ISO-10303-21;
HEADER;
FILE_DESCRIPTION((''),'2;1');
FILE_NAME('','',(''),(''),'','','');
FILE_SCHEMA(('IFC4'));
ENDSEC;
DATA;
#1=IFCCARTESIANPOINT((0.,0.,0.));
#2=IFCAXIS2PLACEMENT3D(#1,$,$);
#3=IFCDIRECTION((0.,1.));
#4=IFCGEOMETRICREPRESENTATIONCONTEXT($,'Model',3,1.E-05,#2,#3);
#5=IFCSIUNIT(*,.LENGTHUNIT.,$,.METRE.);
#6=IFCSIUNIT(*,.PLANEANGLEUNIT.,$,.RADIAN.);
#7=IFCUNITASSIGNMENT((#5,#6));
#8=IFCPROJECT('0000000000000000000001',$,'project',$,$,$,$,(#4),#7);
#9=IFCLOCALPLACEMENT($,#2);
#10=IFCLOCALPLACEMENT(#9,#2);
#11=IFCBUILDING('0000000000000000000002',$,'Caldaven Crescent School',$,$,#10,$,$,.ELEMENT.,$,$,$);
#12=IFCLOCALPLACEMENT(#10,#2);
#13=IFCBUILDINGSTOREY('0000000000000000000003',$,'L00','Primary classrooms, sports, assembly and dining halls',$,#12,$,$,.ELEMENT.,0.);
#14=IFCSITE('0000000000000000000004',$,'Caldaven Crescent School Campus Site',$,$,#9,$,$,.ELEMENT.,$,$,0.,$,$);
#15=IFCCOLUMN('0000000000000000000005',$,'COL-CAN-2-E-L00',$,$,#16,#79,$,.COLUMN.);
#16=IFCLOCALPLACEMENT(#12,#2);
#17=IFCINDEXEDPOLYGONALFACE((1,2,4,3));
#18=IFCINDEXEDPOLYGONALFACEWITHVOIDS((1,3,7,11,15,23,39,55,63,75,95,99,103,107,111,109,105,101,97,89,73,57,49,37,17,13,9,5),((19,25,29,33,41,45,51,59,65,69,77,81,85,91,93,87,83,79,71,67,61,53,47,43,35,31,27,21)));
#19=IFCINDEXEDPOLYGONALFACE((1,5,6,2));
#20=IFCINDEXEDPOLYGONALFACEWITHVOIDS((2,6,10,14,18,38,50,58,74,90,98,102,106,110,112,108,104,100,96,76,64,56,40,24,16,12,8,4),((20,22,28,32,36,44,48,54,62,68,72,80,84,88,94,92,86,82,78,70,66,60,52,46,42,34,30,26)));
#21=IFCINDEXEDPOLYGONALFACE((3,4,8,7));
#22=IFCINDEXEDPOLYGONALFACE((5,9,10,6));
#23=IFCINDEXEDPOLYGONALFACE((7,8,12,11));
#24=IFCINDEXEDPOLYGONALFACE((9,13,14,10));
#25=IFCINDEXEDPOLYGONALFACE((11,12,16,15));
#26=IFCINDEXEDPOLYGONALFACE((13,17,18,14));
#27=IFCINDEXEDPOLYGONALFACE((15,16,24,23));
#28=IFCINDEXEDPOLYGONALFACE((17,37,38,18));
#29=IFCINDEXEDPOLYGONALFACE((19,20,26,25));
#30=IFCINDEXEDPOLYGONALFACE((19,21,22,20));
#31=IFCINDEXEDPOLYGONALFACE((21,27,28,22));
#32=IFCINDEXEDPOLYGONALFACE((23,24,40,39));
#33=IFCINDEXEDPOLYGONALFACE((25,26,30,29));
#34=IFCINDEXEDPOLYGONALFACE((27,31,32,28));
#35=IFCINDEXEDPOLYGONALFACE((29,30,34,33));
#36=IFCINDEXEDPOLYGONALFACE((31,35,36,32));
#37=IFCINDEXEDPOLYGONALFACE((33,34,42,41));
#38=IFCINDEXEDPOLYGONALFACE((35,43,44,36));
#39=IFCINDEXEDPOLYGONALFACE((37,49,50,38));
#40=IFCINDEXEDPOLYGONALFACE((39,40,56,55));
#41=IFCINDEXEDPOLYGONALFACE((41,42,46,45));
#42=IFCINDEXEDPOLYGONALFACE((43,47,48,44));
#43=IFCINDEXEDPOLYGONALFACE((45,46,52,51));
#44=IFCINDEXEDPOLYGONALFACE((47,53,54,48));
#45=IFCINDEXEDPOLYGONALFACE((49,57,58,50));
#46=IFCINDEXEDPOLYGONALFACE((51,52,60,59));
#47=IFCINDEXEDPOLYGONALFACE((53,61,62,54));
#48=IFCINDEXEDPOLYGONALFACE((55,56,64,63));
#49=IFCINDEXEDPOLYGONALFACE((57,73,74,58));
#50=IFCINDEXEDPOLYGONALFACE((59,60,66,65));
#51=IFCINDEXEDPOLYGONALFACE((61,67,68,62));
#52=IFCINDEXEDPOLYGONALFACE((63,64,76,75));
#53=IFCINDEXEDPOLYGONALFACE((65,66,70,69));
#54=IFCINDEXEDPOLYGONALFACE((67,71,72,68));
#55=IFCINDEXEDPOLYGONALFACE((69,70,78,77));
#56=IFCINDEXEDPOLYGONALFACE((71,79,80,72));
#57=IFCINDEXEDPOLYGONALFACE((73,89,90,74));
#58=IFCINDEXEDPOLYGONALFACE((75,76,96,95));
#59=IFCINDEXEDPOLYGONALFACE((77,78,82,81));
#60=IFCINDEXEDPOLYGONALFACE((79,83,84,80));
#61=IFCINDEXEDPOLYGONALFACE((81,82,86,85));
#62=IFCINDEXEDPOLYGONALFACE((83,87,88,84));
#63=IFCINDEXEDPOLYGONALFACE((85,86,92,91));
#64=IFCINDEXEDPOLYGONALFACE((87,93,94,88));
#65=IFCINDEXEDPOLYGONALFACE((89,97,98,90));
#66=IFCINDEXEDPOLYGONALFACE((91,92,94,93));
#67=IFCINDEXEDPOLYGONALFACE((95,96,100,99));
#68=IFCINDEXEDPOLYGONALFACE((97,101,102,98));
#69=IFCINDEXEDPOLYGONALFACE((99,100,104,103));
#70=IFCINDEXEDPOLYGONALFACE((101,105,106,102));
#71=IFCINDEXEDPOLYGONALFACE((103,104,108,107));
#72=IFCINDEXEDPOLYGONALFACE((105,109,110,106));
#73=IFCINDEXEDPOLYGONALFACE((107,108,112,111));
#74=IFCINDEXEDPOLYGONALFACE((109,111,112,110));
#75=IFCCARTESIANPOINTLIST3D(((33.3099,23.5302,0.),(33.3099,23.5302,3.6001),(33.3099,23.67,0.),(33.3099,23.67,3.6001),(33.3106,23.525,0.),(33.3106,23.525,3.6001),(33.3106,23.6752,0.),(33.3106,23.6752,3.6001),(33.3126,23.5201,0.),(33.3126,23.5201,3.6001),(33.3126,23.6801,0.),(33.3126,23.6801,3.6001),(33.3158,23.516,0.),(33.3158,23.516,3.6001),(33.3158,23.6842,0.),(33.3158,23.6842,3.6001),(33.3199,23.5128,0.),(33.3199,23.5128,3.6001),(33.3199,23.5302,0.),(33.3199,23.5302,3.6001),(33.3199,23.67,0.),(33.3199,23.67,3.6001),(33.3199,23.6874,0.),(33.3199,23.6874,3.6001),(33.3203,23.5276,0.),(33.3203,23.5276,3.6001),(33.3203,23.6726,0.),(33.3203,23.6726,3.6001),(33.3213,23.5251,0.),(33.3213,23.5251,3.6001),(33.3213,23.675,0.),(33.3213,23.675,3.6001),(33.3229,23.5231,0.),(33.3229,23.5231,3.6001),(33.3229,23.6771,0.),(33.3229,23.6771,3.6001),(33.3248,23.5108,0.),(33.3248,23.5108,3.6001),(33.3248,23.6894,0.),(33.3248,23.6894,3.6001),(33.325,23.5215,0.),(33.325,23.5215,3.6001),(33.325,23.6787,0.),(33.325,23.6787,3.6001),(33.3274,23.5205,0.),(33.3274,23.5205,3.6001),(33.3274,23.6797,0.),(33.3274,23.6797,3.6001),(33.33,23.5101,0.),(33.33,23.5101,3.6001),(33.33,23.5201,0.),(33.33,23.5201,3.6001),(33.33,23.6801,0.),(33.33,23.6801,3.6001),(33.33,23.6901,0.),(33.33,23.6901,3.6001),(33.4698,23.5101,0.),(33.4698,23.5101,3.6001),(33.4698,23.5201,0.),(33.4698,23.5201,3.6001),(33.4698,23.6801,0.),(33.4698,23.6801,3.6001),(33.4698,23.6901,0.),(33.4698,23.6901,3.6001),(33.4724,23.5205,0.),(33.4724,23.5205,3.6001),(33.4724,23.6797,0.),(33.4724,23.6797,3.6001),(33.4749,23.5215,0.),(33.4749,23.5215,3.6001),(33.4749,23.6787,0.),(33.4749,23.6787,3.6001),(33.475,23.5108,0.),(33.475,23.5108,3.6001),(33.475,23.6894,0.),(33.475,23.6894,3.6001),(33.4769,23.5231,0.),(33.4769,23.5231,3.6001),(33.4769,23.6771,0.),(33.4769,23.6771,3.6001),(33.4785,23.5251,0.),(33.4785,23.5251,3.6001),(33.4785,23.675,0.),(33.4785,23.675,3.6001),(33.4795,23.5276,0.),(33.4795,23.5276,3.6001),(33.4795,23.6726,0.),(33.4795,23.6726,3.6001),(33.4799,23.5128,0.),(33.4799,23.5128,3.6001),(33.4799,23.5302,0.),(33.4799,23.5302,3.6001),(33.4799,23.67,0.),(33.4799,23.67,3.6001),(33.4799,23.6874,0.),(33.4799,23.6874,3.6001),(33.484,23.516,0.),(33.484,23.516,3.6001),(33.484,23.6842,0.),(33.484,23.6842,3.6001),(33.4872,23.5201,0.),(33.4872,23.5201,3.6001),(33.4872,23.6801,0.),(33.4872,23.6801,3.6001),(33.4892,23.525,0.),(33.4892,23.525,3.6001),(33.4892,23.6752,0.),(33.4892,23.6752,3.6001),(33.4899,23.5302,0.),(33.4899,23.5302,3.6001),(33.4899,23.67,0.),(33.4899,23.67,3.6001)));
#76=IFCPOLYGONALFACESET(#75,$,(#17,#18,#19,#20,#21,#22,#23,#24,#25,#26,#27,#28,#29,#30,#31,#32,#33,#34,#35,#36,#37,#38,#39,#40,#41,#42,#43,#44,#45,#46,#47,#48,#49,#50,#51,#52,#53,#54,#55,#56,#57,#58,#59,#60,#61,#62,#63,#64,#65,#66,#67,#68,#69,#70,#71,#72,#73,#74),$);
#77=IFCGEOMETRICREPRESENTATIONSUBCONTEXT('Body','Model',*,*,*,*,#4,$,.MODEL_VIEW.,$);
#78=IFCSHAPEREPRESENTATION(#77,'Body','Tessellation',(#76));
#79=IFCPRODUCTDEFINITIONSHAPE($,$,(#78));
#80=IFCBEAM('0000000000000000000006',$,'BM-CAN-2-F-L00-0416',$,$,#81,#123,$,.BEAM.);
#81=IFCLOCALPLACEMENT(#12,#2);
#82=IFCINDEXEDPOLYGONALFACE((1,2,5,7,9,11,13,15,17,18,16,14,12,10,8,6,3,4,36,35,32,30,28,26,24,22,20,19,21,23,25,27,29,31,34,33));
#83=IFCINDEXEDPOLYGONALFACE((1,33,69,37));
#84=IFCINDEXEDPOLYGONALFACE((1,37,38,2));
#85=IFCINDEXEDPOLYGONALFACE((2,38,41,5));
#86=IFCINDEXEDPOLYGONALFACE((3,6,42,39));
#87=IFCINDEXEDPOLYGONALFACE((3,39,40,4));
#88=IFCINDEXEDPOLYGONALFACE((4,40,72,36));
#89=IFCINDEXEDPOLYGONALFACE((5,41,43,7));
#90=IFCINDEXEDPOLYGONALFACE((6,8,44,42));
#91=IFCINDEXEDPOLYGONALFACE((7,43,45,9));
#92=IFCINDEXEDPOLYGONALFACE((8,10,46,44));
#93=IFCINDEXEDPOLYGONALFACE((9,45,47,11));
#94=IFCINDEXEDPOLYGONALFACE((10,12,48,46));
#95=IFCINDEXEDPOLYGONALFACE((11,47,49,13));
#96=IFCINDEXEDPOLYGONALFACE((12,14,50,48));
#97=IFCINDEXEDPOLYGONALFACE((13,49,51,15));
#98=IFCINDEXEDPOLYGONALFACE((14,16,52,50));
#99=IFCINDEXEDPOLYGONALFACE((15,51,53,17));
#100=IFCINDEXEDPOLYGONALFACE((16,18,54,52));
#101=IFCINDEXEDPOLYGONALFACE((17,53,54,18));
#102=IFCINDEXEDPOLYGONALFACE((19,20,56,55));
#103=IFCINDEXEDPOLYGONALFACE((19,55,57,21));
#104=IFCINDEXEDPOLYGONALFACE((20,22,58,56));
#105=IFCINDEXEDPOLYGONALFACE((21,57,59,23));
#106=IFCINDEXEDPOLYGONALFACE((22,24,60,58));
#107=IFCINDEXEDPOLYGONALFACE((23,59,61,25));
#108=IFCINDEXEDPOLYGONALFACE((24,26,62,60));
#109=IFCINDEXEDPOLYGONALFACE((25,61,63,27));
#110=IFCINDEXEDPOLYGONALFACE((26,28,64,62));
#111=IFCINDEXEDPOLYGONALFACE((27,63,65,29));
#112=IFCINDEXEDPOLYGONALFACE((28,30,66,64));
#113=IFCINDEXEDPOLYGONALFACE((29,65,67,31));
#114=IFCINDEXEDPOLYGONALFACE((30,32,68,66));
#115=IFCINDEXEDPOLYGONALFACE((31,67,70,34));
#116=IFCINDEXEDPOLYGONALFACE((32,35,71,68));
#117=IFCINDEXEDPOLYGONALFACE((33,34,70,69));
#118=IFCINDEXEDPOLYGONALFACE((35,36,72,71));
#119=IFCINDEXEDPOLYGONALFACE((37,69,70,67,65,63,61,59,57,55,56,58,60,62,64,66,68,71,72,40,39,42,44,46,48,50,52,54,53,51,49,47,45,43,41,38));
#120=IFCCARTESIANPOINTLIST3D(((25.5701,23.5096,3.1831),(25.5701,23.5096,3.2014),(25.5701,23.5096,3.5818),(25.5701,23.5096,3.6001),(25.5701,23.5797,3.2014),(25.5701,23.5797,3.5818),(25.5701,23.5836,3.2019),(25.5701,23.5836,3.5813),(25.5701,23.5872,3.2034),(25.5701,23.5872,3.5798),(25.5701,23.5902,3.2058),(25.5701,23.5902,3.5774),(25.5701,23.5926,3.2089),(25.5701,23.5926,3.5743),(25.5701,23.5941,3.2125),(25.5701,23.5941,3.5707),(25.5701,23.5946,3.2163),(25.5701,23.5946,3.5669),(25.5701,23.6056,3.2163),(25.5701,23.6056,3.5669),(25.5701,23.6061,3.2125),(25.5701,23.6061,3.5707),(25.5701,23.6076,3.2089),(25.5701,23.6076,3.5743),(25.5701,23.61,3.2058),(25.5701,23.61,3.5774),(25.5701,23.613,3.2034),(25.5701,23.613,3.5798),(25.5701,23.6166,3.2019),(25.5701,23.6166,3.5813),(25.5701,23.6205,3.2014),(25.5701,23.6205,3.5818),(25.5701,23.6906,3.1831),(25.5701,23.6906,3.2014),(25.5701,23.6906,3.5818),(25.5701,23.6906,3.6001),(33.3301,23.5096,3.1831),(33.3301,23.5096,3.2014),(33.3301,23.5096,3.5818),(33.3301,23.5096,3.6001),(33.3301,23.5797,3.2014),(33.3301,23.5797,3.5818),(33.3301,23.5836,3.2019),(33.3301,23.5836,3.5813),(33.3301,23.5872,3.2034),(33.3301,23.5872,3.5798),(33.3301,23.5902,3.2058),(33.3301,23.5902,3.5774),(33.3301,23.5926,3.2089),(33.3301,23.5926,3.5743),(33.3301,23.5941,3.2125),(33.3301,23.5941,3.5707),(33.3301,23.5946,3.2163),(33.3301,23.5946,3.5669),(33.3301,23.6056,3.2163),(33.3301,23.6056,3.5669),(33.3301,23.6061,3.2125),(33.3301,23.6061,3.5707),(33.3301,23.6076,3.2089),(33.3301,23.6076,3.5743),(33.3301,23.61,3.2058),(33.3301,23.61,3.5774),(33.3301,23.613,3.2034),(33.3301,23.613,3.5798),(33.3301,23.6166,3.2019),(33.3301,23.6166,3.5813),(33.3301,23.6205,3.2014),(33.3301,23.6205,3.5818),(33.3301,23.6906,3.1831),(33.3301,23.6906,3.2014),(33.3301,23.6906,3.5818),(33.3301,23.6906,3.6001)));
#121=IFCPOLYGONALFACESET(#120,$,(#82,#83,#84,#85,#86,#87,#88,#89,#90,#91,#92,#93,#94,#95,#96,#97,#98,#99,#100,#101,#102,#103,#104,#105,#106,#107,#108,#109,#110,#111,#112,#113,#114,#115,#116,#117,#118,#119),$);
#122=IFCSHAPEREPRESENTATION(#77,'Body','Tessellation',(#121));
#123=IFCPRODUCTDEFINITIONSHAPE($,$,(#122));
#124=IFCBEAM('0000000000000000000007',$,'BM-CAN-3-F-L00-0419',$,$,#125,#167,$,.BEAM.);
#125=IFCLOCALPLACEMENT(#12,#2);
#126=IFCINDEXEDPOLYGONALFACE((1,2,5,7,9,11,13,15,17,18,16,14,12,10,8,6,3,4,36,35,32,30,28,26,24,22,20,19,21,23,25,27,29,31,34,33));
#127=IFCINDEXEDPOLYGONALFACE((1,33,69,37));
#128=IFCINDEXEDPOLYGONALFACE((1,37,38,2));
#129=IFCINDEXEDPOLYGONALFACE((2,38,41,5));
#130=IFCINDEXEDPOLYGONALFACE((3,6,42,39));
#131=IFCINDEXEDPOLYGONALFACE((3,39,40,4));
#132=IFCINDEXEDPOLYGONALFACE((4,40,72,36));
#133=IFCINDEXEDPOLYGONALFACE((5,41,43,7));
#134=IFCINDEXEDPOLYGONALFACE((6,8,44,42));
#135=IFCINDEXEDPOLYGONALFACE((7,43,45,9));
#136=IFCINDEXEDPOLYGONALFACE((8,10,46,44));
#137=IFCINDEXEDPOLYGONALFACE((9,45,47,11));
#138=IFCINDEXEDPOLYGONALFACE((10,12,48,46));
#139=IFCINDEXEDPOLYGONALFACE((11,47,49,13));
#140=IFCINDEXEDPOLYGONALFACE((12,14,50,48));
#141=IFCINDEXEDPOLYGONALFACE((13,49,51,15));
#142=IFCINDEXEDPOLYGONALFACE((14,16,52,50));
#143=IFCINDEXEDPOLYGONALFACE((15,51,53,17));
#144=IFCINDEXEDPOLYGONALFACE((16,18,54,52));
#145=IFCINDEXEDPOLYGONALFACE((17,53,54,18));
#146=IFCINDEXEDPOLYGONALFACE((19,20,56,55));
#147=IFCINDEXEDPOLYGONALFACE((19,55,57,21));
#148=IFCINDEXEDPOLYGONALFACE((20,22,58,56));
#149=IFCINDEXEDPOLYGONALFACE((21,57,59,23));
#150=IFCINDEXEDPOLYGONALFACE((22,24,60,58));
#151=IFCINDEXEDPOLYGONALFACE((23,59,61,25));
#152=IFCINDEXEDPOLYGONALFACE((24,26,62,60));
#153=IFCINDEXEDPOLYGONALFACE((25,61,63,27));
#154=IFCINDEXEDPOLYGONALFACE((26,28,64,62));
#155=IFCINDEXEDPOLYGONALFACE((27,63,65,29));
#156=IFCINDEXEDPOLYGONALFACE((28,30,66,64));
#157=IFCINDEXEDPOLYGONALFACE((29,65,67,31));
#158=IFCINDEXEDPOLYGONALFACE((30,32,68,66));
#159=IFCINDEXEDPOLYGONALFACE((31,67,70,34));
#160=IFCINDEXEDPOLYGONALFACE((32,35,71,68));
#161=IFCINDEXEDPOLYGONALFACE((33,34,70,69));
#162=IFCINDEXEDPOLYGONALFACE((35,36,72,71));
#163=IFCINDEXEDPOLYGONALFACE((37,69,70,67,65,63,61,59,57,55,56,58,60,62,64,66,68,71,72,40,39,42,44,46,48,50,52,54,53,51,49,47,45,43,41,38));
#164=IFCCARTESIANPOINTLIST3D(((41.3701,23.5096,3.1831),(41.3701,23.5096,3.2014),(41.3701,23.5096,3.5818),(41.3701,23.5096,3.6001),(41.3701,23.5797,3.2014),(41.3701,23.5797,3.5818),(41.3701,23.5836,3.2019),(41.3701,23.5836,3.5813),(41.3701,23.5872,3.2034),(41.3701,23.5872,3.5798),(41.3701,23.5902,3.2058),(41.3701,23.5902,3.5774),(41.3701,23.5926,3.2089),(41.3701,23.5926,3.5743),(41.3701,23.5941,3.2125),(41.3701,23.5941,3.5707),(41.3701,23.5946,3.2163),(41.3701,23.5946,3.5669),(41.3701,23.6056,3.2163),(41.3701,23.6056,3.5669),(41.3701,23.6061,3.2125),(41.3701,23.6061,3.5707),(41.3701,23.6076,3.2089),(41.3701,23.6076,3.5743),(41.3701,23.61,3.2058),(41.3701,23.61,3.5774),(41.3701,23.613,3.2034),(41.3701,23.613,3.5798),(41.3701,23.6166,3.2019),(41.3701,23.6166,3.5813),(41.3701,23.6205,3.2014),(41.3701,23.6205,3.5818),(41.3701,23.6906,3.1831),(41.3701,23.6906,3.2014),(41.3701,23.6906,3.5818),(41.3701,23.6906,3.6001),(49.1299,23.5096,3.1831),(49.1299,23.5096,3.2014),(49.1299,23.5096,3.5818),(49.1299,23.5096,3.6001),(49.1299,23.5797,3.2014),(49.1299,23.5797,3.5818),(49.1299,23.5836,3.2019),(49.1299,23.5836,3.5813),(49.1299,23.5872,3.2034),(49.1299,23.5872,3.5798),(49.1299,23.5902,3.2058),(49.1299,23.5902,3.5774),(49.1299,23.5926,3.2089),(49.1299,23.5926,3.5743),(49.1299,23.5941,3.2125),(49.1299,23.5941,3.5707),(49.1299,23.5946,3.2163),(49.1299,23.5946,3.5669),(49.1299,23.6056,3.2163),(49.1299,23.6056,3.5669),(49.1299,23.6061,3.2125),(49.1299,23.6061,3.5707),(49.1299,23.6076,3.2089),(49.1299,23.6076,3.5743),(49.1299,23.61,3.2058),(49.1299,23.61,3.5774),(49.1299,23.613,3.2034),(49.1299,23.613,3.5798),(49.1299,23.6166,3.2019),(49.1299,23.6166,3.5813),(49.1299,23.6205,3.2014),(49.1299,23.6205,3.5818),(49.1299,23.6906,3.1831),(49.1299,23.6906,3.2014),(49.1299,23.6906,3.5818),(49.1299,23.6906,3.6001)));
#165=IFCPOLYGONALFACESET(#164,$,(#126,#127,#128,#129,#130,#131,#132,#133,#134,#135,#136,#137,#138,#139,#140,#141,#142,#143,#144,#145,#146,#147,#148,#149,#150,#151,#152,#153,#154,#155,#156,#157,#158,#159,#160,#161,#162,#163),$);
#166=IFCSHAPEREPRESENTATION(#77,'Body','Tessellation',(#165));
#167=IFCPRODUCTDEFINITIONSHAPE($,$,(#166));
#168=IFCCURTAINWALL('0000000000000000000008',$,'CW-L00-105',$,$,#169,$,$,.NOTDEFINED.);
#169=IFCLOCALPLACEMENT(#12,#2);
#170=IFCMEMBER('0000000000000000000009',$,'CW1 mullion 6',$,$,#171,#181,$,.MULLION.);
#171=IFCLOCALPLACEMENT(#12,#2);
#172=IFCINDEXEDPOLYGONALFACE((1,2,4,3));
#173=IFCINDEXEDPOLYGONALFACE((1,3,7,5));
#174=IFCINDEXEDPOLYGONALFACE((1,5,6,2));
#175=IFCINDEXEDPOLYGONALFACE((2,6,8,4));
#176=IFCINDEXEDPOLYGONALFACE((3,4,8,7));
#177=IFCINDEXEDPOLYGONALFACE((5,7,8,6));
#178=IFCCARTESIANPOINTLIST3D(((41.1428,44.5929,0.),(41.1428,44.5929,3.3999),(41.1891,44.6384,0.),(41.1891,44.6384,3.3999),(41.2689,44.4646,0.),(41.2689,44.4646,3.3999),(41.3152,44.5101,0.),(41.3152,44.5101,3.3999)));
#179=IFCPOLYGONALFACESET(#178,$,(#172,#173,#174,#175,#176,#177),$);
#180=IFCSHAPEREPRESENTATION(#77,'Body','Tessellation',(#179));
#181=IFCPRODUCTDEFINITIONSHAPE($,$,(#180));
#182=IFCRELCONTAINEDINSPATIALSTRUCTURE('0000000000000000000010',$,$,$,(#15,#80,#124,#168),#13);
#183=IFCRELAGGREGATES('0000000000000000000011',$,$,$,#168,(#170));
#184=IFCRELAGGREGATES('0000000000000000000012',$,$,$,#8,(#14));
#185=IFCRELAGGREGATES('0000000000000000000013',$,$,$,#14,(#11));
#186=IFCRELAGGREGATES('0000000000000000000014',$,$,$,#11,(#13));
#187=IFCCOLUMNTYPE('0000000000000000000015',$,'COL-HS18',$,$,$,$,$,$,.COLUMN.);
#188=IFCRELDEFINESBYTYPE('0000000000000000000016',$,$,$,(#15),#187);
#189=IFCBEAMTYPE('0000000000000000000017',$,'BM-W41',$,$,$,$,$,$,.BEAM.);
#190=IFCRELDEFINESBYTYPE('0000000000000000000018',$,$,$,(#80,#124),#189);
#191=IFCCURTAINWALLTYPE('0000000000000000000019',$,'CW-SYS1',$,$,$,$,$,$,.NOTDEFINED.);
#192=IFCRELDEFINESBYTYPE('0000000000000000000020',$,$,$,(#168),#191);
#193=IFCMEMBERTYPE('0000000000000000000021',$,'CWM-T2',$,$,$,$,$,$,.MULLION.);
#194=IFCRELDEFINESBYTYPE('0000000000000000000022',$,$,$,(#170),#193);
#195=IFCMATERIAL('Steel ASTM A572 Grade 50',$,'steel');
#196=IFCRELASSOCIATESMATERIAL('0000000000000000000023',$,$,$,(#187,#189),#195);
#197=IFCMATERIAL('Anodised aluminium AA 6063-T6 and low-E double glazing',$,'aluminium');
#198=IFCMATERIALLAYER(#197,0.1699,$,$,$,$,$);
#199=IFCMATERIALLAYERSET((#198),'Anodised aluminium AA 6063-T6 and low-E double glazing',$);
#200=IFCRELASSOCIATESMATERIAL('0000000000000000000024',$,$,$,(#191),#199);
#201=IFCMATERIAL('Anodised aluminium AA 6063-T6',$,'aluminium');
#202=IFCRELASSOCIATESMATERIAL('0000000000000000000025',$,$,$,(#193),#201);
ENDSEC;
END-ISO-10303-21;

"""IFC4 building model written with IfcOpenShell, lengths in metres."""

from ifc_helpers import new_model, si_unit, direction, frame, origin, origin_2d, place, context, subcontext, project, spatial, rectangle, hollow_rectangle, i_section, extrude, material, layer, layer_set, material_profile, profile_set, type_object, element, aggregate, save


model = new_model("IFC4")

# Units and contexts
model_context = context("Model", 3, precision=1e-05, world=origin(), true_north=direction((0.0, 1.0)))
body_context = subcontext(model_context, "Body", "Model", "MODEL_VIEW")
ifc_project = project(units=[si_unit("LENGTHUNIT", "METRE"), si_unit("PLANEANGLEUNIT", "RADIAN")], contexts=[model_context])

# Site, building, storey
site_placement = place(None, origin())
site = spatial("IfcSite", under=ifc_project, at=site_placement, Name="Caldaven Crescent School Campus Site", CompositionType="ELEMENT", RefElevation=0.0)
building_placement = place(site_placement, origin())
building = spatial("IfcBuilding", under=site, at=building_placement, Name="Caldaven Crescent School", CompositionType="ELEMENT")
storey_placement = place(building_placement, origin())
storey = spatial("IfcBuildingStorey", under=building, at=storey_placement, Name="L00", Description="Primary classrooms, sports, assembly and dining halls", CompositionType="ELEMENT", Elevation=0.0)

# Column
ifc_material_1 = material(Name="Steel ASTM A572 Grade 50", Category="steel")
ifc_material_profile_1 = material_profile(ifc_material_1, hollow_rectangle(XDim=0.1799, YDim=0.1799, WallThickness=0.01, InnerFilletRadius=0.01, OuterFilletRadius=0.02, at=origin_2d()), Name="HSS 180x180x10")
ifc_profile_set_1 = profile_set([ifc_material_profile_1], Name="Steel ASTM A572 Grade 50")
column_type_1 = type_object("IfcColumnType", Name="COL-HS18", PredefinedType="COLUMN", material=ifc_profile_set_1)
for number, where, z_axis, x_axis, name in (
    (1, (33.3999, 23.6001, 0.0), (0.0, 0.0, 1.0), (1.0, 0.0, 0.0), "COL-CAN-2-E-L00"),
):
    element("IfcColumn", number, at=place(storey_placement, frame(where, z_axis=z_axis, x_axis=x_axis)), inside=storey, type_object=column_type_1, Name=name, PredefinedType="COLUMN", context=body_context, shape_type="SweptSolid", body=[
        extrude(hollow_rectangle(XDim=0.1799, YDim=0.1799, WallThickness=0.01, InnerFilletRadius=0.01, OuterFilletRadius=0.02, at=origin_2d()), origin(), (0.0, 0.0, 1.0), 3.6001),
    ])

# Beams
ifc_material_profile_2 = material_profile(ifc_material_1, i_section(OverallWidth=0.1809, OverallDepth=0.417, WebThickness=0.011, FlangeThickness=0.0183, FilletRadius=0.0149, at=origin_2d()), Name="W410x85")
ifc_profile_set_2 = profile_set([ifc_material_profile_2], Name="Steel ASTM A572 Grade 50")
beam_type_1 = type_object("IfcBeamType", Name="BM-W41", PredefinedType="BEAM", material=ifc_profile_set_2)
beam_1_placement = place(storey_placement, frame((25.5701, 23.6001, 3.3916), z_axis=(1.0, 0.0, 0.0), x_axis=(0.0, 1.0, 0.0)))
element("IfcBeam", 2, at=beam_1_placement, inside=storey, type_object=beam_type_1, Name="BM-CAN-2-F-L00-0416", PredefinedType="BEAM", context=body_context, shape_type="SweptSolid", body=[
    extrude(i_section(OverallWidth=0.1809, OverallDepth=0.417, WebThickness=0.011, FlangeThickness=0.0183, FilletRadius=0.0149, at=origin_2d()), origin(), (0.0, 0.0, 1.0), 7.76),
])
beam_2_placement = place(storey_placement, frame((41.3701, 23.6001, 3.3916), z_axis=(1.0, 0.0, 0.0), x_axis=(0.0, 1.0, 0.0)))
element("IfcBeam", 3, at=beam_2_placement, inside=storey, type_object=beam_type_1, Name="BM-CAN-3-F-L00-0419", PredefinedType="BEAM", context=body_context, shape_type="SweptSolid", body=[
    extrude(i_section(OverallWidth=0.1809, OverallDepth=0.417, WebThickness=0.011, FlangeThickness=0.0183, FilletRadius=0.0149, at=origin_2d()), origin(), (0.0, 0.0, 1.0), 7.7598),
])

# Curtain wall, member
ifc_material_2 = material(Name="Anodised aluminium AA 6063-T6 and low-E double glazing", Category="aluminium")
ifc_layer_1 = layer(ifc_material_2, 0.1699)
ifc_layer_set_1 = layer_set([ifc_layer_1], Name="Anodised aluminium AA 6063-T6 and low-E double glazing")
curtain_wall_type = type_object("IfcCurtainWallType", Name="CW-SYS1", PredefinedType="NOTDEFINED", material=ifc_layer_set_1)
curtain_wall_placement = place(storey_placement, origin())
curtain_wall = element("IfcCurtainWall", 4, at=curtain_wall_placement, inside=storey, type_object=curtain_wall_type, Name="CW-L00-105", PredefinedType="NOTDEFINED")
ifc_material_3 = material(Name="Anodised aluminium AA 6063-T6", Category="aluminium")
ifc_material_profile_3 = material_profile(ifc_material_3, rectangle(XDim=0.0649, YDim=0.1799, at=origin_2d()), Name="CWM 65x180")
ifc_profile_set_3 = profile_set([ifc_material_profile_3], Name="Anodised aluminium AA 6063-T6")
member_type = type_object("IfcMemberType", Name="CWM-T2", PredefinedType="MULLION", material=ifc_profile_set_3)
member_placement = place(storey_placement, frame((41.229, 44.5515, 0.0), z_axis=(0.0, 0.0, 1.0), x_axis=(0.713251, 0.700909, 0.0)))
member = element("IfcMember", 5, at=member_placement, type_object=member_type, Name="CW1 mullion 6", PredefinedType="MULLION", context=body_context, shape_type="SweptSolid", body=[
    extrude(rectangle(XDim=0.0649, YDim=0.1799, at=origin_2d()), origin(), (0.0, 0.0, 1.0), 3.3999),
])
aggregate(curtain_wall, [member])

save(model, "model.ifc")
